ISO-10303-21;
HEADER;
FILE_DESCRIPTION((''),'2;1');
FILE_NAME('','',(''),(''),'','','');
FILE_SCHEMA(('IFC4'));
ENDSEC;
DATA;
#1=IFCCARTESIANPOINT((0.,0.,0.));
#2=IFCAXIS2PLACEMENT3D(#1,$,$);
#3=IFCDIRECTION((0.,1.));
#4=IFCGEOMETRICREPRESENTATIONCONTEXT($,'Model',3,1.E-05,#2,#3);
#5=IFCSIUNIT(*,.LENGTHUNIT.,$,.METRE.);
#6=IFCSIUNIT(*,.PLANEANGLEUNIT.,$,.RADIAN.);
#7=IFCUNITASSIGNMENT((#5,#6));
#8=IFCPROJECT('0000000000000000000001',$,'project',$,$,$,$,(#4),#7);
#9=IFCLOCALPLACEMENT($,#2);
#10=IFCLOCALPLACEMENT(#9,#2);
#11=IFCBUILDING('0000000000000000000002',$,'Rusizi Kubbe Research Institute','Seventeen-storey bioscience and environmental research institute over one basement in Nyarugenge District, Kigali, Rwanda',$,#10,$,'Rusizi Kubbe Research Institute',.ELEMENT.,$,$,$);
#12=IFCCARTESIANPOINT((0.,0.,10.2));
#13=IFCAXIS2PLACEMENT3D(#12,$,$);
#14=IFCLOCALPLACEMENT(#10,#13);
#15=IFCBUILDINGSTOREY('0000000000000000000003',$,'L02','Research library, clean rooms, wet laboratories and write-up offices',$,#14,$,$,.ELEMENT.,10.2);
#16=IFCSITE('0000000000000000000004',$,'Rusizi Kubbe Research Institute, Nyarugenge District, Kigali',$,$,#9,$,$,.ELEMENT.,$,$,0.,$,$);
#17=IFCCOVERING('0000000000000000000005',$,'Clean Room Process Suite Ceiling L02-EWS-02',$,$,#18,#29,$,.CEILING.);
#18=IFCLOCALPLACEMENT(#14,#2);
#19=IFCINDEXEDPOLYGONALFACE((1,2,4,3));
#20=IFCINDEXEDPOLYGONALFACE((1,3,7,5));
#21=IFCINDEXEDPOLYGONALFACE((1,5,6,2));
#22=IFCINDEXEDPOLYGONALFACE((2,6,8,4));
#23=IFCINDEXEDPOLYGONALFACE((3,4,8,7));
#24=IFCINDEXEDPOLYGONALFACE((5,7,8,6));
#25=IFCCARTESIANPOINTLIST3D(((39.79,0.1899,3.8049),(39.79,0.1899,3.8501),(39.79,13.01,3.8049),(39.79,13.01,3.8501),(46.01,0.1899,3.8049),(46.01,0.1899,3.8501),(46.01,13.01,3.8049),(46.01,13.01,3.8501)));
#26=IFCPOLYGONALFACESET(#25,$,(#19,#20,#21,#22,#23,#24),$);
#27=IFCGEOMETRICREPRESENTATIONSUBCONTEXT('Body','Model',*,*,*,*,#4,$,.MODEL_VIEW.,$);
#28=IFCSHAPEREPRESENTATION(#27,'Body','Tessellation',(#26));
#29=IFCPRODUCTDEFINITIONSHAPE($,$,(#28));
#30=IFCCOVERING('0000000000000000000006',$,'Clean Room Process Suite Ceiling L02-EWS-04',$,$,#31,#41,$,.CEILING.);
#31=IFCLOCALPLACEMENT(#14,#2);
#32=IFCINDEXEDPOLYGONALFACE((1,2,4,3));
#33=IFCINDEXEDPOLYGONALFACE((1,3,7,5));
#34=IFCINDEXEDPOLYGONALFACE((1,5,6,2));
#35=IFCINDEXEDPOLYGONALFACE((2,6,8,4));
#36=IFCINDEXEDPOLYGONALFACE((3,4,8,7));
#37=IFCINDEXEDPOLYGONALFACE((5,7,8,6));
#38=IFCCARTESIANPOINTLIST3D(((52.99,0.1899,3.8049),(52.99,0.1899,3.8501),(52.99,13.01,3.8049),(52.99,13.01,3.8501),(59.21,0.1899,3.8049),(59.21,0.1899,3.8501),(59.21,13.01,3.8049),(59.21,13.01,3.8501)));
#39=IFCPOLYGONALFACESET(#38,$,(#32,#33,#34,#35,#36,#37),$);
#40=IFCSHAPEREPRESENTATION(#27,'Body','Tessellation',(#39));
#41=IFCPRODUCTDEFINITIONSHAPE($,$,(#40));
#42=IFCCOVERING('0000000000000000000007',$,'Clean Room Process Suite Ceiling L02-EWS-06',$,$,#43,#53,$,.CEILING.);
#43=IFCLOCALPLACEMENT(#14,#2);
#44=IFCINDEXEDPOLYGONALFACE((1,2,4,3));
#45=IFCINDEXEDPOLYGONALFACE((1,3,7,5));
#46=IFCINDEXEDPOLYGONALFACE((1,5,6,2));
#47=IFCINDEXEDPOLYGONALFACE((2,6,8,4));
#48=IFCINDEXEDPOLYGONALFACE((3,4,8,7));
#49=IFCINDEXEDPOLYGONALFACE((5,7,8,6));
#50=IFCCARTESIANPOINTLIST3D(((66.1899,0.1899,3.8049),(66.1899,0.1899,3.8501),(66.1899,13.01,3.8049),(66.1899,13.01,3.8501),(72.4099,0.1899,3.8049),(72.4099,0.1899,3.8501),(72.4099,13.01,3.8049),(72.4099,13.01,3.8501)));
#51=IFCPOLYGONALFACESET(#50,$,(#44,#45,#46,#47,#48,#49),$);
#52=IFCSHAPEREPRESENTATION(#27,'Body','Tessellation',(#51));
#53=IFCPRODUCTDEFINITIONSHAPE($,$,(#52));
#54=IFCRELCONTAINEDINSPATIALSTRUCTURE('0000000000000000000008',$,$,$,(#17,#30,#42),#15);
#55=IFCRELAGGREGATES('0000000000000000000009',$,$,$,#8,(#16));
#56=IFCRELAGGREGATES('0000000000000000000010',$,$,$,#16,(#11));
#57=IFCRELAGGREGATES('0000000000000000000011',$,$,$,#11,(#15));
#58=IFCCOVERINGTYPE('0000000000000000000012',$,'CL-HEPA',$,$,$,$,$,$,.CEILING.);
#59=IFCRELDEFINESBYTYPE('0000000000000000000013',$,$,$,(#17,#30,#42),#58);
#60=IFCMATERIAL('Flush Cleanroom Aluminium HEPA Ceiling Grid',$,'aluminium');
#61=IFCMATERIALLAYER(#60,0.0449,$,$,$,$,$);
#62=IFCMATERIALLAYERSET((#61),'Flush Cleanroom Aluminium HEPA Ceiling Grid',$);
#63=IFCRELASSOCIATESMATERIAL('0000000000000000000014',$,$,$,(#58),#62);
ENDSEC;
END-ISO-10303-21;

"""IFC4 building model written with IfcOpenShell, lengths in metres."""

from ifc_helpers import new_model, si_unit, direction, frame, origin, place, context, subcontext, project, spatial, polyline, outline, extrude, material, layer, layer_set, type_object, element, save


model = new_model("IFC4")

# Units and contexts
model_context = context("Model", 3, precision=1e-05, world=origin(), true_north=direction((0.0, 1.0)))
body_context = subcontext(model_context, "Body", "Model", "MODEL_VIEW")
ifc_project = project(units=[si_unit("LENGTHUNIT", "METRE"), si_unit("PLANEANGLEUNIT", "RADIAN")], contexts=[model_context])

# Site, building, storey
site_placement = place(None, origin())
site = spatial("IfcSite", under=ifc_project, at=site_placement, Name="Rusizi Kubbe Research Institute, Nyarugenge District, Kigali", CompositionType="ELEMENT", RefElevation=0.0)
building_placement = place(site_placement, origin())
building = spatial("IfcBuilding", under=site, at=building_placement, Name="Rusizi Kubbe Research Institute", Description="Seventeen-storey bioscience and environmental research institute over one basement in Nyarugenge District, Kigali, Rwanda", LongName="Rusizi Kubbe Research Institute", CompositionType="ELEMENT")
storey_placement = place(building_placement, frame((0.0, 0.0, 10.2)))
storey = spatial("IfcBuildingStorey", under=building, at=storey_placement, Name="L02", Description="Research library, clean rooms, wet laboratories and write-up offices", CompositionType="ELEMENT", Elevation=10.2)

# Coverings
ifc_material_1 = material(Name="Flush Cleanroom Aluminium HEPA Ceiling Grid", Category="aluminium")
ifc_layer_1 = layer(ifc_material_1, 0.0449)
ifc_layer_set_1 = layer_set([ifc_layer_1], Name="Flush Cleanroom Aluminium HEPA Ceiling Grid")
covering_type_1 = type_object("IfcCoveringType", Name="CL-HEPA", PredefinedType="CEILING", material=ifc_layer_set_1)
covering_1_placement = place(storey_placement, frame((0.0, 0.0, 3.8049)))
element("IfcCovering", 1, at=covering_1_placement, inside=storey, type_object=covering_type_1, Name="Clean Room Process Suite Ceiling L02-EWS-02", PredefinedType="CEILING", context=body_context, shape_type="SweptSolid", body=[
    extrude(outline(polyline([(39.79, 0.1899), (46.01, 0.1899), (46.01, 13.01), (39.79, 13.01), (39.79, 0.1899)])), origin(), (0.0, 0.0, 1.0), 0.0452),
])
covering_2_placement = place(storey_placement, frame((0.0, 0.0, 3.8049)))
element("IfcCovering", 2, at=covering_2_placement, inside=storey, type_object=covering_type_1, Name="Clean Room Process Suite Ceiling L02-EWS-04", PredefinedType="CEILING", context=body_context, shape_type="SweptSolid", body=[
    extrude(outline(polyline([(52.99, 0.1899), (59.21, 0.1899), (59.21, 13.01), (52.99, 13.01), (52.99, 0.1899)])), origin(), (0.0, 0.0, 1.0), 0.0452),
])
covering_3_placement = place(storey_placement, frame((0.0, 0.0, 3.8049)))
element("IfcCovering", 3, at=covering_3_placement, inside=storey, type_object=covering_type_1, Name="Clean Room Process Suite Ceiling L02-EWS-06", PredefinedType="CEILING", context=body_context, shape_type="SweptSolid", body=[
    extrude(outline(polyline([(66.1899, 0.1899), (72.4099, 0.1899), (72.4099, 13.01), (66.1899, 13.01), (66.1899, 0.1899)])), origin(), (0.0, 0.0, 1.0), 0.0452),
])

save(model, "model.ifc")
